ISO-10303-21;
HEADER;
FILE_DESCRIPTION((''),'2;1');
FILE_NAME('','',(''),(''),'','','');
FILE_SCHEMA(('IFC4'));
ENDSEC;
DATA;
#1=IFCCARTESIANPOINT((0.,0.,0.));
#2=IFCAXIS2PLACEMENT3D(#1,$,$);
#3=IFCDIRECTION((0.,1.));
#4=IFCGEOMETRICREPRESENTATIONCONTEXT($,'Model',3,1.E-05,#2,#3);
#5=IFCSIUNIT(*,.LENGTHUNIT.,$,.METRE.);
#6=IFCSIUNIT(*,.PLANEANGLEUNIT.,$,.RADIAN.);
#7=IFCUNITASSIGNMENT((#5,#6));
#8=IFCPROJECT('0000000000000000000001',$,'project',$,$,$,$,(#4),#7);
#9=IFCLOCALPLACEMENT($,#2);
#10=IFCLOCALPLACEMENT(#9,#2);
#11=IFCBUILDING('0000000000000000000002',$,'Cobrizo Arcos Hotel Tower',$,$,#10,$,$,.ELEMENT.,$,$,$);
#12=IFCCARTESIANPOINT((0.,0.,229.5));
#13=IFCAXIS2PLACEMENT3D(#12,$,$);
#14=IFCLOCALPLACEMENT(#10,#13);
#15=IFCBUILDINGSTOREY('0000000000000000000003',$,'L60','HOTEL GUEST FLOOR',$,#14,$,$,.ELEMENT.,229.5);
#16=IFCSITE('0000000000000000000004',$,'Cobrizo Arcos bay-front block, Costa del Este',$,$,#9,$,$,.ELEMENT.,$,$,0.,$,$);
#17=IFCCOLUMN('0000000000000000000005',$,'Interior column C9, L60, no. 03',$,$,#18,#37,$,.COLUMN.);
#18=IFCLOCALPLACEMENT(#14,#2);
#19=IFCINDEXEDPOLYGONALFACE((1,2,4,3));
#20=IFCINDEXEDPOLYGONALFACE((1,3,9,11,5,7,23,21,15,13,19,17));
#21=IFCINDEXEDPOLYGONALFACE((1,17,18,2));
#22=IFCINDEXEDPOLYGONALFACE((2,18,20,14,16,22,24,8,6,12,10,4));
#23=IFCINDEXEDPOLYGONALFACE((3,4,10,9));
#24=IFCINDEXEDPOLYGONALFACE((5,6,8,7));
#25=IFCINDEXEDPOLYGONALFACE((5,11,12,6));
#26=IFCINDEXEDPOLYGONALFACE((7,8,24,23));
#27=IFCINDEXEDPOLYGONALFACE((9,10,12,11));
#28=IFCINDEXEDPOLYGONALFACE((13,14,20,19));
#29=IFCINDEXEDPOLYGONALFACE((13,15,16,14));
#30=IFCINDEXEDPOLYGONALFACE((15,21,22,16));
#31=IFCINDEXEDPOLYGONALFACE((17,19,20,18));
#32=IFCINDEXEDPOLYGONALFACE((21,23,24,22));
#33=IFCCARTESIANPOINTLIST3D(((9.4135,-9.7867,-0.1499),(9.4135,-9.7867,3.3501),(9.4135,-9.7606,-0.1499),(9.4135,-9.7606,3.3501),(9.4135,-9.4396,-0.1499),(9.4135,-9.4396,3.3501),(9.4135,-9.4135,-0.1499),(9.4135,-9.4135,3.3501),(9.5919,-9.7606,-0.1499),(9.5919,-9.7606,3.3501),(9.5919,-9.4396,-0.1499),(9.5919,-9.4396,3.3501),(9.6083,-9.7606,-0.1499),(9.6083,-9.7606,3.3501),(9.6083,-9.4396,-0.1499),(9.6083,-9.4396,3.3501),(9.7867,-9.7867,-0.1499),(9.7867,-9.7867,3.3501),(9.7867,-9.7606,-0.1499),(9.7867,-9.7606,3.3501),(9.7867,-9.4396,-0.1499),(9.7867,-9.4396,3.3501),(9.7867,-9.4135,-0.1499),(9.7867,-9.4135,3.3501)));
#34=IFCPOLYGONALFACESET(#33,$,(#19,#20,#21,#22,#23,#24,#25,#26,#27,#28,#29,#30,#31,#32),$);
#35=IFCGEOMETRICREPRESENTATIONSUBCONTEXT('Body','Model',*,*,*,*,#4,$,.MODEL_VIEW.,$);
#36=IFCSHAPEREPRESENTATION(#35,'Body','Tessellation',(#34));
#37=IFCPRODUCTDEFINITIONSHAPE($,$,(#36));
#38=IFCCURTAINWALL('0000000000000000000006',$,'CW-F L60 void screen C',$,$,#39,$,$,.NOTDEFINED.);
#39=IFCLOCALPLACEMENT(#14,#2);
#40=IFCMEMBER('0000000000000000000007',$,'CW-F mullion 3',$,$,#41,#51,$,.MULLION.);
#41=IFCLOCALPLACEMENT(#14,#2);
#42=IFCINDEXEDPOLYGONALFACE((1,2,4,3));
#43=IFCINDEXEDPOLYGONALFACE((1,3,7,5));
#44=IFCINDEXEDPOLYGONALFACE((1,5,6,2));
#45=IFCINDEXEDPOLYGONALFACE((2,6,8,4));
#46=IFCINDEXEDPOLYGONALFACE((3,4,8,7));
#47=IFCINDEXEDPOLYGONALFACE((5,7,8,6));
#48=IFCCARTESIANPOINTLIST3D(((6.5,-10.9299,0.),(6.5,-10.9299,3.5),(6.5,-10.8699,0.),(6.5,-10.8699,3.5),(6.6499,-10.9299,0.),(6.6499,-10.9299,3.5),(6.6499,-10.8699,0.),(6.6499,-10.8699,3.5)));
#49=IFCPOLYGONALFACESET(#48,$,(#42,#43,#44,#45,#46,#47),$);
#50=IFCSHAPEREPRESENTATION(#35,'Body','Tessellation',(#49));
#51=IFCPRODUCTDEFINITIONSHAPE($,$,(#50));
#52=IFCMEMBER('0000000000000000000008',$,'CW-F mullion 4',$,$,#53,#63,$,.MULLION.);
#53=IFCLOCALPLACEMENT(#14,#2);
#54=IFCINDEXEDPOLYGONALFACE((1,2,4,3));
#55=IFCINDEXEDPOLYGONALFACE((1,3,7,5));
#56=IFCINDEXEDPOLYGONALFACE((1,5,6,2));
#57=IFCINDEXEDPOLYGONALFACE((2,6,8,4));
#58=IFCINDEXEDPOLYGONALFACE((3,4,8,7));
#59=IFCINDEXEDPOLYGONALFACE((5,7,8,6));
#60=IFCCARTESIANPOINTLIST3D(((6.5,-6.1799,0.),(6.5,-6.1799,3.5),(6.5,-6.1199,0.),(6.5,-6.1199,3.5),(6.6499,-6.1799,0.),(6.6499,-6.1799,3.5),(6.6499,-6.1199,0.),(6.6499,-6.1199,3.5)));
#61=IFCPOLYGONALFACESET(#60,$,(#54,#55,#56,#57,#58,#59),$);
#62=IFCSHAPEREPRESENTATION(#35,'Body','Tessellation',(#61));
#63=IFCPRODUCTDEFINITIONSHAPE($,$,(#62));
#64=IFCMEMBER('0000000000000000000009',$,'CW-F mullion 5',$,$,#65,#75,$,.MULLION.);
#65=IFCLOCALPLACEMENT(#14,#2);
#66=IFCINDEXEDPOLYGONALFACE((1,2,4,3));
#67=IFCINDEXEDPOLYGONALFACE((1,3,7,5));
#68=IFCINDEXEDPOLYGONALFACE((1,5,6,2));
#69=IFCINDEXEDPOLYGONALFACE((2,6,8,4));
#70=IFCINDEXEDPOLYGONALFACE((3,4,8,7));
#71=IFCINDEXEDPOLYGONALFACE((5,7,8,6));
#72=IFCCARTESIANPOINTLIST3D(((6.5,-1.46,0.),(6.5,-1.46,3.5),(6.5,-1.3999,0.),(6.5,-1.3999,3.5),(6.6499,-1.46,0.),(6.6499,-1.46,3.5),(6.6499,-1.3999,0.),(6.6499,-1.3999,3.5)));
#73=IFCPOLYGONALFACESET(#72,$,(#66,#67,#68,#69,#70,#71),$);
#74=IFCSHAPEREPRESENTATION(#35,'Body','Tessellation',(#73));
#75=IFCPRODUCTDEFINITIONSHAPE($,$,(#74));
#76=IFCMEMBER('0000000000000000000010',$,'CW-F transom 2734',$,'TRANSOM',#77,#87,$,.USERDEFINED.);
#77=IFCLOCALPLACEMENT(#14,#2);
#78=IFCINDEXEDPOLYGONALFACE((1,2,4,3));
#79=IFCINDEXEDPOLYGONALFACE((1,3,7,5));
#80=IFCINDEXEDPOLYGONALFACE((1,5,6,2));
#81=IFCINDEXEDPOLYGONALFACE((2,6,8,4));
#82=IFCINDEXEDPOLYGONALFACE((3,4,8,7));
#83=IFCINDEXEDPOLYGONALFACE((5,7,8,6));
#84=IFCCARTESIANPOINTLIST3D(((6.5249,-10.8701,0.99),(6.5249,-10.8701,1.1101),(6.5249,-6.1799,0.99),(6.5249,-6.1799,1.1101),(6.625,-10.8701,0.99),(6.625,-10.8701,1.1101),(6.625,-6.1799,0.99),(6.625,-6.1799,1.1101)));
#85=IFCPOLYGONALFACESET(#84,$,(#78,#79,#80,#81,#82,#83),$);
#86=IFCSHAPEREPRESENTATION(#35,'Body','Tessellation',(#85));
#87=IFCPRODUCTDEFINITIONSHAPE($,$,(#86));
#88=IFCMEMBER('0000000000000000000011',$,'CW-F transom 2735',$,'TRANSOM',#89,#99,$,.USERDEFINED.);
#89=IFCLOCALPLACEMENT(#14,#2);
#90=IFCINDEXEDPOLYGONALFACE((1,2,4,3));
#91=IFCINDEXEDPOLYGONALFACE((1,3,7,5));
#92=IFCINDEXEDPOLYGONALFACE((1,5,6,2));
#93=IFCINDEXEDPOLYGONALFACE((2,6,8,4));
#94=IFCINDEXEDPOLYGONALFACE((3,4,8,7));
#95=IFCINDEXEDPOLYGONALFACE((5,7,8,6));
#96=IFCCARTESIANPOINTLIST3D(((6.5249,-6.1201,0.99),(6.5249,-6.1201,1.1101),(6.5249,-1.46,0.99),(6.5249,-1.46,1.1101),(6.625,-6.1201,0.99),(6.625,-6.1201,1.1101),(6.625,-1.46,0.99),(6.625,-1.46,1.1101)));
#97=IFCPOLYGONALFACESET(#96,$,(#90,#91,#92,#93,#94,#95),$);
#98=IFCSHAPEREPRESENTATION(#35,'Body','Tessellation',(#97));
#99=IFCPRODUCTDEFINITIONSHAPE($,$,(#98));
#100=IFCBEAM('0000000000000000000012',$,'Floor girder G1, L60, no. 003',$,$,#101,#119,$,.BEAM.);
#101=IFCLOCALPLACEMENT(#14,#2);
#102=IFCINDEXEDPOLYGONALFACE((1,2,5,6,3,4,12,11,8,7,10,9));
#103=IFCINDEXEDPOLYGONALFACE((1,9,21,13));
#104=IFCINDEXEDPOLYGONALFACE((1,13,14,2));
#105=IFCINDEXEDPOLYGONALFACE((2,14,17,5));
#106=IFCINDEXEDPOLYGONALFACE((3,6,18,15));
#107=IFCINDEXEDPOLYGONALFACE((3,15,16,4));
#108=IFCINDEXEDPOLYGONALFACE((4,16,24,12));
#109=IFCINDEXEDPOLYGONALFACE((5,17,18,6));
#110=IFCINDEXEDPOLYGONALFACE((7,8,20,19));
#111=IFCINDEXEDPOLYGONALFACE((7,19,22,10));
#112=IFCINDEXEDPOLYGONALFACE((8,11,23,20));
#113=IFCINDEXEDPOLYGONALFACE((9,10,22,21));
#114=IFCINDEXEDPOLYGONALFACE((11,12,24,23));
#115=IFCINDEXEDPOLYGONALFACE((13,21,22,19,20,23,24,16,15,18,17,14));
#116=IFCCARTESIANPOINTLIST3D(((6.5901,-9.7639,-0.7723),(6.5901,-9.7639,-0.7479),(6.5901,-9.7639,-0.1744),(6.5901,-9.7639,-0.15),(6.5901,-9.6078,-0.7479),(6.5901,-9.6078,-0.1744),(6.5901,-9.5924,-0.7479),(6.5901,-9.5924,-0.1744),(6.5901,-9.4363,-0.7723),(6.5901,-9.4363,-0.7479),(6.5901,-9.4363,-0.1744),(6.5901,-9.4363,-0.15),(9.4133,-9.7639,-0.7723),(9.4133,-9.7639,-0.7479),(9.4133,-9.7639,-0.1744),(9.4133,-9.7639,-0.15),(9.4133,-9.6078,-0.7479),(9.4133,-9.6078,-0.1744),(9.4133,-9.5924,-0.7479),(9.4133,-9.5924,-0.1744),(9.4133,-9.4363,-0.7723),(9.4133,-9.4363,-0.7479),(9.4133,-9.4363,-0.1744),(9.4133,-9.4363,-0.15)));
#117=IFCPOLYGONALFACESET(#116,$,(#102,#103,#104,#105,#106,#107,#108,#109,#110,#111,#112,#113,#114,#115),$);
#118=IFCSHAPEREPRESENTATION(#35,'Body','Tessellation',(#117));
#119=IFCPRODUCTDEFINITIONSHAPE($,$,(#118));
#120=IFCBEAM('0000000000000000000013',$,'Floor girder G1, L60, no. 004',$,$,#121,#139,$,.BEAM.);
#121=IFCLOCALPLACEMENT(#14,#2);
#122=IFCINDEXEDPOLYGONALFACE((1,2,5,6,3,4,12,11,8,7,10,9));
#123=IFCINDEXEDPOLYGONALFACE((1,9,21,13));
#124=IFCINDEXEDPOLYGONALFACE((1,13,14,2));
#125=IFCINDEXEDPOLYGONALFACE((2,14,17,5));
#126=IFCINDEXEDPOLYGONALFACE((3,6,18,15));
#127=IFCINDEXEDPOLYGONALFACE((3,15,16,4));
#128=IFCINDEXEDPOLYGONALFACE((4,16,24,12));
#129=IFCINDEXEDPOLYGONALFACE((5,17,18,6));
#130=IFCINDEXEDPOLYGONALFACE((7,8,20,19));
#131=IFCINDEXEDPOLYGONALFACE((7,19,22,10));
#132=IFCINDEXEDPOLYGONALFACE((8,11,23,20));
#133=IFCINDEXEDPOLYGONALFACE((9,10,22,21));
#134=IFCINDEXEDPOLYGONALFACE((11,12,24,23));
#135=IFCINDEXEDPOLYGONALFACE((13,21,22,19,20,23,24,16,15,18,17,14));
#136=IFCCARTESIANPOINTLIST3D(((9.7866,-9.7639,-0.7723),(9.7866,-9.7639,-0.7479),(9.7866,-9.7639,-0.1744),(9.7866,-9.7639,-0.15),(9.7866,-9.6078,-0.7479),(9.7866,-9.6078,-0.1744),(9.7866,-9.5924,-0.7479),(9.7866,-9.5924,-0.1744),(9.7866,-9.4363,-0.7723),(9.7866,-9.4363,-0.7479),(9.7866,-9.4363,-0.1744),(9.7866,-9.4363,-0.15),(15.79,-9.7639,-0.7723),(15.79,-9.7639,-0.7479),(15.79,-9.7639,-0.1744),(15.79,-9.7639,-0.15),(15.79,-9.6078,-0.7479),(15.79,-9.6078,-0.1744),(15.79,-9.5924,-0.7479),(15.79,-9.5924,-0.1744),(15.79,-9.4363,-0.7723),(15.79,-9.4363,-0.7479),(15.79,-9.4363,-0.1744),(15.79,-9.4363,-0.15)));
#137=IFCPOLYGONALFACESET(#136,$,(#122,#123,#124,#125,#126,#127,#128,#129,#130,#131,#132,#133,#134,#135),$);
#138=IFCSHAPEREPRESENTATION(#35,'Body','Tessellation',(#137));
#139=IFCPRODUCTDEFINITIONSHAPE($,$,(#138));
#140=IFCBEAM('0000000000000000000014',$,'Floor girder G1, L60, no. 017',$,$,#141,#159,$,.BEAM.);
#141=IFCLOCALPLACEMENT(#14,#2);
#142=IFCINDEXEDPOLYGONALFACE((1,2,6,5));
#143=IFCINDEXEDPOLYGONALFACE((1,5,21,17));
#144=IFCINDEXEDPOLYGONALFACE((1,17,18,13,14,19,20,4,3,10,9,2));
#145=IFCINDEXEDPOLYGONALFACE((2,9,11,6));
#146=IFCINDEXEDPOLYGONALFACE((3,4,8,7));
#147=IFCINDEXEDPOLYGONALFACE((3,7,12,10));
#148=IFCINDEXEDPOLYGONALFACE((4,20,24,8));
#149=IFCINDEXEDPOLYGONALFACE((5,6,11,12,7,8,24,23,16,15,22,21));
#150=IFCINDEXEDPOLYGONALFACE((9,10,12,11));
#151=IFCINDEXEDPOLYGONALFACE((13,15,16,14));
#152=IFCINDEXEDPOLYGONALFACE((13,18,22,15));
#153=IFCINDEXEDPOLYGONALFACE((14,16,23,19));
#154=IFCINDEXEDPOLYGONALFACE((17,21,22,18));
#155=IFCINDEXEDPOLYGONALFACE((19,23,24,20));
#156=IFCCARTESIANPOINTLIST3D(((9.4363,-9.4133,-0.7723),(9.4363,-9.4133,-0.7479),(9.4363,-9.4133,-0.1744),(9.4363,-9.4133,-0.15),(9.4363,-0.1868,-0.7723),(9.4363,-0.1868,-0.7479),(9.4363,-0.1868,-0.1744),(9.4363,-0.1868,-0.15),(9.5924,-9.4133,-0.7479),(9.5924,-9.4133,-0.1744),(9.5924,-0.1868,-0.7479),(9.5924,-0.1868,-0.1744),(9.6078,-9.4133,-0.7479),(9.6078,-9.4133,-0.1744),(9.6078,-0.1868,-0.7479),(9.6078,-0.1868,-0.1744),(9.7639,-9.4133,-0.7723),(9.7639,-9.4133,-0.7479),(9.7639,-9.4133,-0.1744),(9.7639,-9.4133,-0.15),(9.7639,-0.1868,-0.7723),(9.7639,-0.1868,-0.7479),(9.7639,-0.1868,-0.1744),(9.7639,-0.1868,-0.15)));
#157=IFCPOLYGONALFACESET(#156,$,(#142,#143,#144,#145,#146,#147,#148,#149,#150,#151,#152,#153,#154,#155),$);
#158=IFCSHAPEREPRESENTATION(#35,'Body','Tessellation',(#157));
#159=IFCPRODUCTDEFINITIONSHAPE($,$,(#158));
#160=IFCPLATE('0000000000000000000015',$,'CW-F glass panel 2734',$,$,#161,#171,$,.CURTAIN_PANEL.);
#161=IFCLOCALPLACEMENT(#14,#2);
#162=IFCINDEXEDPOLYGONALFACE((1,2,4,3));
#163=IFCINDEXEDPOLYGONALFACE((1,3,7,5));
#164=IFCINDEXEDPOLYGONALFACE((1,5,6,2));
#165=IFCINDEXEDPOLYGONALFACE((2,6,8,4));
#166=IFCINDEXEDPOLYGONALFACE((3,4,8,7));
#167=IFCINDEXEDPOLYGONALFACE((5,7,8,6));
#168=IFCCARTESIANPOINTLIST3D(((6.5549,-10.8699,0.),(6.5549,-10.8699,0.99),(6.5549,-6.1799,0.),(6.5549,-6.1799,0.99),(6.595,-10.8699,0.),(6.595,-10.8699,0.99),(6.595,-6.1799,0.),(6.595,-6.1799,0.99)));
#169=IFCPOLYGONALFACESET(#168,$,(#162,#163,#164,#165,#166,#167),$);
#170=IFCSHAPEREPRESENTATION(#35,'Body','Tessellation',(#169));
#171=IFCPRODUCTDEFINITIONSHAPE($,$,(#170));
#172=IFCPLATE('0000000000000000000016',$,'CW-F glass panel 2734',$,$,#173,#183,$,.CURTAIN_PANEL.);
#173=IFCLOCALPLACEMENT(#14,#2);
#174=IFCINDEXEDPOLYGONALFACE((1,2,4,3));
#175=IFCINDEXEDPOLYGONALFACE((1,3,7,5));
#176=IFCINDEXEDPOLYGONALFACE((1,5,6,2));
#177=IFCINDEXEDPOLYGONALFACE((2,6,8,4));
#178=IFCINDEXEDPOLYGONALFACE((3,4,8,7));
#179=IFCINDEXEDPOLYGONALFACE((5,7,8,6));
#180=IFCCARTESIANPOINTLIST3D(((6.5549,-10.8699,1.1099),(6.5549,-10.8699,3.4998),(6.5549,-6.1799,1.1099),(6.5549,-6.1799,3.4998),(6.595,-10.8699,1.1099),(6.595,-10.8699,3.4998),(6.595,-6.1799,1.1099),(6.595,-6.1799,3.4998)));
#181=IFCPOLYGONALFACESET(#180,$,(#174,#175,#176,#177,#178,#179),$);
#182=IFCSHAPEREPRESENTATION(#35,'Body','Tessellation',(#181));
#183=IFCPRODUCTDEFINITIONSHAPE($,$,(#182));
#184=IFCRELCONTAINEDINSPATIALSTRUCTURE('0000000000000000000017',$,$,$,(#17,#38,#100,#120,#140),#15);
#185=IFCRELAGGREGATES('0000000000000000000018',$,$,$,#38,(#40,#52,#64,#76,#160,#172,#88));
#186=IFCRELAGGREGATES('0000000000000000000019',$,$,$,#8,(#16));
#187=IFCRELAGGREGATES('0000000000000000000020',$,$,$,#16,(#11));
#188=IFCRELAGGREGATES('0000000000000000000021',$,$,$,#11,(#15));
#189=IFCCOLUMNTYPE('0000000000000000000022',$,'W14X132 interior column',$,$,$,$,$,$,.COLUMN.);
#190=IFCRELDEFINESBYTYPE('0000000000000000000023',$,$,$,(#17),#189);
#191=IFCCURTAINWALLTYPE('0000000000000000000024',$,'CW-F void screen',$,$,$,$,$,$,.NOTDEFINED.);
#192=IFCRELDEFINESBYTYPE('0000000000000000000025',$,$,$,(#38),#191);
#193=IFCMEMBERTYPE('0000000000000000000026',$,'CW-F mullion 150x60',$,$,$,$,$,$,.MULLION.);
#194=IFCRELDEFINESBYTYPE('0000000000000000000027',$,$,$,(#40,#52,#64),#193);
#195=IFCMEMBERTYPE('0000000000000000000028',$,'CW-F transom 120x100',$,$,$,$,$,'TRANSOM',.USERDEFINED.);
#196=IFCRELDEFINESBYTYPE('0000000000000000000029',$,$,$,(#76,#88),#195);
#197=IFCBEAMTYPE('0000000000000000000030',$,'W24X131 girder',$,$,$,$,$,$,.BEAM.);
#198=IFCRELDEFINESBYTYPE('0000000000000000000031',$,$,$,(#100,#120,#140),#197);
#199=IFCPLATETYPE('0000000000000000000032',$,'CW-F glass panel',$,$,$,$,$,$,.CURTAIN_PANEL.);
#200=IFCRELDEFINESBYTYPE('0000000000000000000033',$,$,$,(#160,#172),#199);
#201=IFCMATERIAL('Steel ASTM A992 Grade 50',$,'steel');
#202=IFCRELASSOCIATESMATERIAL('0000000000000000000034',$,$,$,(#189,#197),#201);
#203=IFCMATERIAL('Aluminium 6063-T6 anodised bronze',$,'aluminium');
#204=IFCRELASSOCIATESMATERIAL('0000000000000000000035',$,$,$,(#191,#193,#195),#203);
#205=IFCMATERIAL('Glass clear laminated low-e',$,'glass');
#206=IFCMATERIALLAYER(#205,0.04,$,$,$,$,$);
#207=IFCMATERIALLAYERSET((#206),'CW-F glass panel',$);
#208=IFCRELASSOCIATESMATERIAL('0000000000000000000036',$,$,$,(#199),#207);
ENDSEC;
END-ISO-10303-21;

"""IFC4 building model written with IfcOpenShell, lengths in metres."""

from ifc_helpers import new_model, si_unit, direction, frame, origin, origin_2d, place, context, subcontext, project, spatial, rectangle, i_section, extrude, material, layer, layer_set, material_profile, profile_set, type_object, element, aggregate, save


model = new_model("IFC4")

# Units and contexts
model_context = context("Model", 3, precision=1e-05, world=origin(), true_north=direction((0.0, 1.0)))
body_context = subcontext(model_context, "Body", "Model", "MODEL_VIEW")
ifc_project = project(units=[si_unit("LENGTHUNIT", "METRE"), si_unit("PLANEANGLEUNIT", "RADIAN")], contexts=[model_context])

# Site, building, storey
site_placement = place(None, origin())
site = spatial("IfcSite", under=ifc_project, at=site_placement, Name="Cobrizo Arcos bay-front block, Costa del Este", CompositionType="ELEMENT", RefElevation=0.0)
building_placement = place(site_placement, origin())
building = spatial("IfcBuilding", under=site, at=building_placement, Name="Cobrizo Arcos Hotel Tower", CompositionType="ELEMENT")
storey_placement = place(building_placement, frame((0.0, 0.0, 229.5)))
storey = spatial("IfcBuildingStorey", under=building, at=storey_placement, Name="L60", Description="HOTEL GUEST FLOOR", CompositionType="ELEMENT", Elevation=229.5)

# Column
ifc_material_1 = material(Name="Steel ASTM A992 Grade 50", Category="steel")
ifc_material_profile_1 = material_profile(ifc_material_1, i_section(OverallWidth=0.3733, OverallDepth=0.3733, WebThickness=0.0164, FlangeThickness=0.0261, at=origin_2d()), Name="W14X132")
ifc_profile_set_1 = profile_set([ifc_material_profile_1], Name="Steel ASTM A992 Grade 50")
column_type = type_object("IfcColumnType", Name="W14X132 interior column", PredefinedType="COLUMN", material=ifc_profile_set_1)
column_placement = place(storey_placement, frame((9.6001, -9.6001, -0.1499), z_axis=(0.0, 0.0, 1.0), x_axis=(1.0, 0.0, 0.0)))
element("IfcColumn", 1, at=column_placement, inside=storey, type_object=column_type, Name="Interior column C9, L60, no. 03", PredefinedType="COLUMN", context=body_context, shape_type="SweptSolid", body=[
    extrude(i_section(OverallWidth=0.3733, OverallDepth=0.3733, WebThickness=0.0164, FlangeThickness=0.0261, at=origin_2d()), origin(), (0.0, 0.0, 1.0), 3.5),
])

# Curtain wall, members
ifc_material_2 = material(Name="Aluminium 6063-T6 anodised bronze", Category="aluminium")
curtain_wall_type = type_object("IfcCurtainWallType", Name="CW-F void screen", PredefinedType="NOTDEFINED", material=ifc_material_2)
curtain_wall_placement = place(storey_placement, origin())
curtain_wall = element("IfcCurtainWall", 2, at=curtain_wall_placement, inside=storey, type_object=curtain_wall_type, Name="CW-F L60 void screen C", PredefinedType="NOTDEFINED")
ifc_material_profile_2 = material_profile(ifc_material_2, rectangle(XDim=0.1499, YDim=0.0601, at=origin_2d()), Name="CW-F mullion 150x60")
ifc_profile_set_2 = profile_set([ifc_material_profile_2], Name="Aluminium 6063-T6 anodised bronze")
member_type_1 = type_object("IfcMemberType", Name="CW-F mullion 150x60", PredefinedType="MULLION", material=ifc_profile_set_2)
member_1_placement = place(storey_placement, frame((6.575, -10.8999, 0.0), z_axis=(0.0, 0.0, 1.0), x_axis=(1.0, 0.0, 0.0)))
member_1 = element("IfcMember", 3, at=member_1_placement, type_object=member_type_1, Name="CW-F mullion 3", PredefinedType="MULLION", context=body_context, shape_type="SweptSolid", body=[
    extrude(rectangle(XDim=0.1499, YDim=0.0601, at=origin_2d()), origin(), (0.0, 0.0, 1.0), 3.5),
])
member_2_placement = place(storey_placement, frame((6.575, -6.1499, 0.0), z_axis=(0.0, 0.0, 1.0), x_axis=(1.0, 0.0, 0.0)))
member_2 = element("IfcMember", 4, at=member_2_placement, type_object=member_type_1, Name="CW-F mullion 4", PredefinedType="MULLION", context=body_context, shape_type="SweptSolid", body=[
    extrude(rectangle(XDim=0.1499, YDim=0.0601, at=origin_2d()), origin(), (0.0, 0.0, 1.0), 3.5),
])
member_3_placement = place(storey_placement, frame((6.575, -1.4299, 0.0), z_axis=(0.0, 0.0, 1.0), x_axis=(1.0, 0.0, 0.0)))
member_3 = element("IfcMember", 5, at=member_3_placement, type_object=member_type_1, Name="CW-F mullion 5", PredefinedType="MULLION", context=body_context, shape_type="SweptSolid", body=[
    extrude(rectangle(XDim=0.1499, YDim=0.0601, at=origin_2d()), origin(), (0.0, 0.0, 1.0), 3.5),
])
ifc_material_profile_3 = material_profile(ifc_material_2, rectangle(XDim=0.1001, YDim=0.1201, at=origin_2d()), Name="CW-F transom 120x100")
ifc_profile_set_3 = profile_set([ifc_material_profile_3], Name="Aluminium 6063-T6 anodised bronze")
member_type_2 = type_object("IfcMemberType", Name="CW-F transom 120x100", ElementType="TRANSOM", PredefinedType="USERDEFINED", material=ifc_profile_set_3)
member_4_placement = place(storey_placement, frame((6.575, -10.8701, 1.05), z_axis=(0.0, 1.0, 0.0), x_axis=(-1.0, 0.0, 0.0)))
member_4 = element("IfcMember", 6, at=member_4_placement, type_object=member_type_2, Name="CW-F transom 2734", ObjectType="TRANSOM", PredefinedType="USERDEFINED", context=body_context, shape_type="SweptSolid", body=[
    extrude(rectangle(XDim=0.1001, YDim=0.1201, at=origin_2d()), origin(), (0.0, 0.0, 1.0), 4.6902),
])
member_5_placement = place(storey_placement, frame((6.575, -6.1201, 1.05), z_axis=(0.0, 1.0, 0.0), x_axis=(-1.0, 0.0, 0.0)))
member_5 = element("IfcMember", 7, at=member_5_placement, type_object=member_type_2, Name="CW-F transom 2735", ObjectType="TRANSOM", PredefinedType="USERDEFINED", context=body_context, shape_type="SweptSolid", body=[
    extrude(rectangle(XDim=0.1001, YDim=0.1201, at=origin_2d()), origin(), (0.0, 0.0, 1.0), 4.6602),
])

# Beams
ifc_material_profile_4 = material_profile(ifc_material_1, i_section(OverallWidth=0.3276, OverallDepth=0.6223, WebThickness=0.0154, FlangeThickness=0.0244, at=origin_2d()), Name="W24X131")
ifc_profile_set_4 = profile_set([ifc_material_profile_4], Name="Steel ASTM A992 Grade 50")
beam_type = type_object("IfcBeamType", Name="W24X131 girder", PredefinedType="BEAM", material=ifc_profile_set_4)
beam_1_placement = place(storey_placement, frame((6.5901, -9.6001, -0.4612), z_axis=(1.0, 0.0, 0.0), x_axis=(0.0, 1.0, 0.0)))
element("IfcBeam", 8, at=beam_1_placement, inside=storey, type_object=beam_type, Name="Floor girder G1, L60, no. 003", PredefinedType="BEAM", context=body_context, shape_type="SweptSolid", body=[
    extrude(i_section(OverallWidth=0.3276, OverallDepth=0.6223, WebThickness=0.0154, FlangeThickness=0.0244, at=origin_2d()), origin(), (0.0, 0.0, 1.0), 2.8232),
])
beam_2_placement = place(storey_placement, frame((9.7866, -9.6001, -0.4612), z_axis=(1.0, 0.0, 0.0), x_axis=(0.0, 1.0, 0.0)))
element("IfcBeam", 9, at=beam_2_placement, inside=storey, type_object=beam_type, Name="Floor girder G1, L60, no. 004", PredefinedType="BEAM", context=body_context, shape_type="SweptSolid", body=[
    extrude(i_section(OverallWidth=0.3276, OverallDepth=0.6223, WebThickness=0.0154, FlangeThickness=0.0244, at=origin_2d()), origin(), (0.0, 0.0, 1.0), 6.0034),
])
beam_3_placement = place(storey_placement, frame((9.6001, -9.4133, -0.4612), z_axis=(0.0, 1.0, 0.0), x_axis=(-1.0, 0.0, 0.0)))
element("IfcBeam", 10, at=beam_3_placement, inside=storey, type_object=beam_type, Name="Floor girder G1, L60, no. 017", PredefinedType="BEAM", context=body_context, shape_type="SweptSolid", body=[
    extrude(i_section(OverallWidth=0.3276, OverallDepth=0.6223, WebThickness=0.0154, FlangeThickness=0.0244, at=origin_2d()), origin(), (0.0, 0.0, 1.0), 9.2266),
])

# Plates
ifc_material_3 = material(Name="Glass clear laminated low-e", Category="glass")
ifc_layer_1 = layer(ifc_material_3, 0.04)
ifc_layer_set_1 = layer_set([ifc_layer_1], Name="CW-F glass panel")
plate_type = type_object("IfcPlateType", Name="CW-F glass panel", PredefinedType="CURTAIN_PANEL", material=ifc_layer_set_1)
plate_1_placement = place(storey_placement, frame((6.575, -8.5249, 0.0), z_axis=(0.0, 0.0, 1.0), x_axis=(0.0, 1.0, 0.0)))
plate_1 = element("IfcPlate", 11, at=plate_1_placement, type_object=plate_type, Name="CW-F glass panel 2734", PredefinedType="CURTAIN_PANEL", context=body_context, shape_type="SweptSolid", body=[
    extrude(rectangle(XDim=4.6899, YDim=0.04, at=origin_2d()), origin(), (0.0, 0.0, 1.0), 0.99),
])
plate_2_placement = place(storey_placement, frame((6.575, -8.5249, 1.1099), z_axis=(0.0, 0.0, 1.0), x_axis=(0.0, 1.0, 0.0)))
plate_2 = element("IfcPlate", 12, at=plate_2_placement, type_object=plate_type, Name="CW-F glass panel 2734", PredefinedType="CURTAIN_PANEL", context=body_context, shape_type="SweptSolid", body=[
    extrude(rectangle(XDim=4.6899, YDim=0.04, at=origin_2d()), origin(), (0.0, 0.0, 1.0), 2.3899),
])
aggregate(curtain_wall, [member_1, member_2, member_3, member_4, plate_1, plate_2, member_5])

save(model, "model.ifc")
